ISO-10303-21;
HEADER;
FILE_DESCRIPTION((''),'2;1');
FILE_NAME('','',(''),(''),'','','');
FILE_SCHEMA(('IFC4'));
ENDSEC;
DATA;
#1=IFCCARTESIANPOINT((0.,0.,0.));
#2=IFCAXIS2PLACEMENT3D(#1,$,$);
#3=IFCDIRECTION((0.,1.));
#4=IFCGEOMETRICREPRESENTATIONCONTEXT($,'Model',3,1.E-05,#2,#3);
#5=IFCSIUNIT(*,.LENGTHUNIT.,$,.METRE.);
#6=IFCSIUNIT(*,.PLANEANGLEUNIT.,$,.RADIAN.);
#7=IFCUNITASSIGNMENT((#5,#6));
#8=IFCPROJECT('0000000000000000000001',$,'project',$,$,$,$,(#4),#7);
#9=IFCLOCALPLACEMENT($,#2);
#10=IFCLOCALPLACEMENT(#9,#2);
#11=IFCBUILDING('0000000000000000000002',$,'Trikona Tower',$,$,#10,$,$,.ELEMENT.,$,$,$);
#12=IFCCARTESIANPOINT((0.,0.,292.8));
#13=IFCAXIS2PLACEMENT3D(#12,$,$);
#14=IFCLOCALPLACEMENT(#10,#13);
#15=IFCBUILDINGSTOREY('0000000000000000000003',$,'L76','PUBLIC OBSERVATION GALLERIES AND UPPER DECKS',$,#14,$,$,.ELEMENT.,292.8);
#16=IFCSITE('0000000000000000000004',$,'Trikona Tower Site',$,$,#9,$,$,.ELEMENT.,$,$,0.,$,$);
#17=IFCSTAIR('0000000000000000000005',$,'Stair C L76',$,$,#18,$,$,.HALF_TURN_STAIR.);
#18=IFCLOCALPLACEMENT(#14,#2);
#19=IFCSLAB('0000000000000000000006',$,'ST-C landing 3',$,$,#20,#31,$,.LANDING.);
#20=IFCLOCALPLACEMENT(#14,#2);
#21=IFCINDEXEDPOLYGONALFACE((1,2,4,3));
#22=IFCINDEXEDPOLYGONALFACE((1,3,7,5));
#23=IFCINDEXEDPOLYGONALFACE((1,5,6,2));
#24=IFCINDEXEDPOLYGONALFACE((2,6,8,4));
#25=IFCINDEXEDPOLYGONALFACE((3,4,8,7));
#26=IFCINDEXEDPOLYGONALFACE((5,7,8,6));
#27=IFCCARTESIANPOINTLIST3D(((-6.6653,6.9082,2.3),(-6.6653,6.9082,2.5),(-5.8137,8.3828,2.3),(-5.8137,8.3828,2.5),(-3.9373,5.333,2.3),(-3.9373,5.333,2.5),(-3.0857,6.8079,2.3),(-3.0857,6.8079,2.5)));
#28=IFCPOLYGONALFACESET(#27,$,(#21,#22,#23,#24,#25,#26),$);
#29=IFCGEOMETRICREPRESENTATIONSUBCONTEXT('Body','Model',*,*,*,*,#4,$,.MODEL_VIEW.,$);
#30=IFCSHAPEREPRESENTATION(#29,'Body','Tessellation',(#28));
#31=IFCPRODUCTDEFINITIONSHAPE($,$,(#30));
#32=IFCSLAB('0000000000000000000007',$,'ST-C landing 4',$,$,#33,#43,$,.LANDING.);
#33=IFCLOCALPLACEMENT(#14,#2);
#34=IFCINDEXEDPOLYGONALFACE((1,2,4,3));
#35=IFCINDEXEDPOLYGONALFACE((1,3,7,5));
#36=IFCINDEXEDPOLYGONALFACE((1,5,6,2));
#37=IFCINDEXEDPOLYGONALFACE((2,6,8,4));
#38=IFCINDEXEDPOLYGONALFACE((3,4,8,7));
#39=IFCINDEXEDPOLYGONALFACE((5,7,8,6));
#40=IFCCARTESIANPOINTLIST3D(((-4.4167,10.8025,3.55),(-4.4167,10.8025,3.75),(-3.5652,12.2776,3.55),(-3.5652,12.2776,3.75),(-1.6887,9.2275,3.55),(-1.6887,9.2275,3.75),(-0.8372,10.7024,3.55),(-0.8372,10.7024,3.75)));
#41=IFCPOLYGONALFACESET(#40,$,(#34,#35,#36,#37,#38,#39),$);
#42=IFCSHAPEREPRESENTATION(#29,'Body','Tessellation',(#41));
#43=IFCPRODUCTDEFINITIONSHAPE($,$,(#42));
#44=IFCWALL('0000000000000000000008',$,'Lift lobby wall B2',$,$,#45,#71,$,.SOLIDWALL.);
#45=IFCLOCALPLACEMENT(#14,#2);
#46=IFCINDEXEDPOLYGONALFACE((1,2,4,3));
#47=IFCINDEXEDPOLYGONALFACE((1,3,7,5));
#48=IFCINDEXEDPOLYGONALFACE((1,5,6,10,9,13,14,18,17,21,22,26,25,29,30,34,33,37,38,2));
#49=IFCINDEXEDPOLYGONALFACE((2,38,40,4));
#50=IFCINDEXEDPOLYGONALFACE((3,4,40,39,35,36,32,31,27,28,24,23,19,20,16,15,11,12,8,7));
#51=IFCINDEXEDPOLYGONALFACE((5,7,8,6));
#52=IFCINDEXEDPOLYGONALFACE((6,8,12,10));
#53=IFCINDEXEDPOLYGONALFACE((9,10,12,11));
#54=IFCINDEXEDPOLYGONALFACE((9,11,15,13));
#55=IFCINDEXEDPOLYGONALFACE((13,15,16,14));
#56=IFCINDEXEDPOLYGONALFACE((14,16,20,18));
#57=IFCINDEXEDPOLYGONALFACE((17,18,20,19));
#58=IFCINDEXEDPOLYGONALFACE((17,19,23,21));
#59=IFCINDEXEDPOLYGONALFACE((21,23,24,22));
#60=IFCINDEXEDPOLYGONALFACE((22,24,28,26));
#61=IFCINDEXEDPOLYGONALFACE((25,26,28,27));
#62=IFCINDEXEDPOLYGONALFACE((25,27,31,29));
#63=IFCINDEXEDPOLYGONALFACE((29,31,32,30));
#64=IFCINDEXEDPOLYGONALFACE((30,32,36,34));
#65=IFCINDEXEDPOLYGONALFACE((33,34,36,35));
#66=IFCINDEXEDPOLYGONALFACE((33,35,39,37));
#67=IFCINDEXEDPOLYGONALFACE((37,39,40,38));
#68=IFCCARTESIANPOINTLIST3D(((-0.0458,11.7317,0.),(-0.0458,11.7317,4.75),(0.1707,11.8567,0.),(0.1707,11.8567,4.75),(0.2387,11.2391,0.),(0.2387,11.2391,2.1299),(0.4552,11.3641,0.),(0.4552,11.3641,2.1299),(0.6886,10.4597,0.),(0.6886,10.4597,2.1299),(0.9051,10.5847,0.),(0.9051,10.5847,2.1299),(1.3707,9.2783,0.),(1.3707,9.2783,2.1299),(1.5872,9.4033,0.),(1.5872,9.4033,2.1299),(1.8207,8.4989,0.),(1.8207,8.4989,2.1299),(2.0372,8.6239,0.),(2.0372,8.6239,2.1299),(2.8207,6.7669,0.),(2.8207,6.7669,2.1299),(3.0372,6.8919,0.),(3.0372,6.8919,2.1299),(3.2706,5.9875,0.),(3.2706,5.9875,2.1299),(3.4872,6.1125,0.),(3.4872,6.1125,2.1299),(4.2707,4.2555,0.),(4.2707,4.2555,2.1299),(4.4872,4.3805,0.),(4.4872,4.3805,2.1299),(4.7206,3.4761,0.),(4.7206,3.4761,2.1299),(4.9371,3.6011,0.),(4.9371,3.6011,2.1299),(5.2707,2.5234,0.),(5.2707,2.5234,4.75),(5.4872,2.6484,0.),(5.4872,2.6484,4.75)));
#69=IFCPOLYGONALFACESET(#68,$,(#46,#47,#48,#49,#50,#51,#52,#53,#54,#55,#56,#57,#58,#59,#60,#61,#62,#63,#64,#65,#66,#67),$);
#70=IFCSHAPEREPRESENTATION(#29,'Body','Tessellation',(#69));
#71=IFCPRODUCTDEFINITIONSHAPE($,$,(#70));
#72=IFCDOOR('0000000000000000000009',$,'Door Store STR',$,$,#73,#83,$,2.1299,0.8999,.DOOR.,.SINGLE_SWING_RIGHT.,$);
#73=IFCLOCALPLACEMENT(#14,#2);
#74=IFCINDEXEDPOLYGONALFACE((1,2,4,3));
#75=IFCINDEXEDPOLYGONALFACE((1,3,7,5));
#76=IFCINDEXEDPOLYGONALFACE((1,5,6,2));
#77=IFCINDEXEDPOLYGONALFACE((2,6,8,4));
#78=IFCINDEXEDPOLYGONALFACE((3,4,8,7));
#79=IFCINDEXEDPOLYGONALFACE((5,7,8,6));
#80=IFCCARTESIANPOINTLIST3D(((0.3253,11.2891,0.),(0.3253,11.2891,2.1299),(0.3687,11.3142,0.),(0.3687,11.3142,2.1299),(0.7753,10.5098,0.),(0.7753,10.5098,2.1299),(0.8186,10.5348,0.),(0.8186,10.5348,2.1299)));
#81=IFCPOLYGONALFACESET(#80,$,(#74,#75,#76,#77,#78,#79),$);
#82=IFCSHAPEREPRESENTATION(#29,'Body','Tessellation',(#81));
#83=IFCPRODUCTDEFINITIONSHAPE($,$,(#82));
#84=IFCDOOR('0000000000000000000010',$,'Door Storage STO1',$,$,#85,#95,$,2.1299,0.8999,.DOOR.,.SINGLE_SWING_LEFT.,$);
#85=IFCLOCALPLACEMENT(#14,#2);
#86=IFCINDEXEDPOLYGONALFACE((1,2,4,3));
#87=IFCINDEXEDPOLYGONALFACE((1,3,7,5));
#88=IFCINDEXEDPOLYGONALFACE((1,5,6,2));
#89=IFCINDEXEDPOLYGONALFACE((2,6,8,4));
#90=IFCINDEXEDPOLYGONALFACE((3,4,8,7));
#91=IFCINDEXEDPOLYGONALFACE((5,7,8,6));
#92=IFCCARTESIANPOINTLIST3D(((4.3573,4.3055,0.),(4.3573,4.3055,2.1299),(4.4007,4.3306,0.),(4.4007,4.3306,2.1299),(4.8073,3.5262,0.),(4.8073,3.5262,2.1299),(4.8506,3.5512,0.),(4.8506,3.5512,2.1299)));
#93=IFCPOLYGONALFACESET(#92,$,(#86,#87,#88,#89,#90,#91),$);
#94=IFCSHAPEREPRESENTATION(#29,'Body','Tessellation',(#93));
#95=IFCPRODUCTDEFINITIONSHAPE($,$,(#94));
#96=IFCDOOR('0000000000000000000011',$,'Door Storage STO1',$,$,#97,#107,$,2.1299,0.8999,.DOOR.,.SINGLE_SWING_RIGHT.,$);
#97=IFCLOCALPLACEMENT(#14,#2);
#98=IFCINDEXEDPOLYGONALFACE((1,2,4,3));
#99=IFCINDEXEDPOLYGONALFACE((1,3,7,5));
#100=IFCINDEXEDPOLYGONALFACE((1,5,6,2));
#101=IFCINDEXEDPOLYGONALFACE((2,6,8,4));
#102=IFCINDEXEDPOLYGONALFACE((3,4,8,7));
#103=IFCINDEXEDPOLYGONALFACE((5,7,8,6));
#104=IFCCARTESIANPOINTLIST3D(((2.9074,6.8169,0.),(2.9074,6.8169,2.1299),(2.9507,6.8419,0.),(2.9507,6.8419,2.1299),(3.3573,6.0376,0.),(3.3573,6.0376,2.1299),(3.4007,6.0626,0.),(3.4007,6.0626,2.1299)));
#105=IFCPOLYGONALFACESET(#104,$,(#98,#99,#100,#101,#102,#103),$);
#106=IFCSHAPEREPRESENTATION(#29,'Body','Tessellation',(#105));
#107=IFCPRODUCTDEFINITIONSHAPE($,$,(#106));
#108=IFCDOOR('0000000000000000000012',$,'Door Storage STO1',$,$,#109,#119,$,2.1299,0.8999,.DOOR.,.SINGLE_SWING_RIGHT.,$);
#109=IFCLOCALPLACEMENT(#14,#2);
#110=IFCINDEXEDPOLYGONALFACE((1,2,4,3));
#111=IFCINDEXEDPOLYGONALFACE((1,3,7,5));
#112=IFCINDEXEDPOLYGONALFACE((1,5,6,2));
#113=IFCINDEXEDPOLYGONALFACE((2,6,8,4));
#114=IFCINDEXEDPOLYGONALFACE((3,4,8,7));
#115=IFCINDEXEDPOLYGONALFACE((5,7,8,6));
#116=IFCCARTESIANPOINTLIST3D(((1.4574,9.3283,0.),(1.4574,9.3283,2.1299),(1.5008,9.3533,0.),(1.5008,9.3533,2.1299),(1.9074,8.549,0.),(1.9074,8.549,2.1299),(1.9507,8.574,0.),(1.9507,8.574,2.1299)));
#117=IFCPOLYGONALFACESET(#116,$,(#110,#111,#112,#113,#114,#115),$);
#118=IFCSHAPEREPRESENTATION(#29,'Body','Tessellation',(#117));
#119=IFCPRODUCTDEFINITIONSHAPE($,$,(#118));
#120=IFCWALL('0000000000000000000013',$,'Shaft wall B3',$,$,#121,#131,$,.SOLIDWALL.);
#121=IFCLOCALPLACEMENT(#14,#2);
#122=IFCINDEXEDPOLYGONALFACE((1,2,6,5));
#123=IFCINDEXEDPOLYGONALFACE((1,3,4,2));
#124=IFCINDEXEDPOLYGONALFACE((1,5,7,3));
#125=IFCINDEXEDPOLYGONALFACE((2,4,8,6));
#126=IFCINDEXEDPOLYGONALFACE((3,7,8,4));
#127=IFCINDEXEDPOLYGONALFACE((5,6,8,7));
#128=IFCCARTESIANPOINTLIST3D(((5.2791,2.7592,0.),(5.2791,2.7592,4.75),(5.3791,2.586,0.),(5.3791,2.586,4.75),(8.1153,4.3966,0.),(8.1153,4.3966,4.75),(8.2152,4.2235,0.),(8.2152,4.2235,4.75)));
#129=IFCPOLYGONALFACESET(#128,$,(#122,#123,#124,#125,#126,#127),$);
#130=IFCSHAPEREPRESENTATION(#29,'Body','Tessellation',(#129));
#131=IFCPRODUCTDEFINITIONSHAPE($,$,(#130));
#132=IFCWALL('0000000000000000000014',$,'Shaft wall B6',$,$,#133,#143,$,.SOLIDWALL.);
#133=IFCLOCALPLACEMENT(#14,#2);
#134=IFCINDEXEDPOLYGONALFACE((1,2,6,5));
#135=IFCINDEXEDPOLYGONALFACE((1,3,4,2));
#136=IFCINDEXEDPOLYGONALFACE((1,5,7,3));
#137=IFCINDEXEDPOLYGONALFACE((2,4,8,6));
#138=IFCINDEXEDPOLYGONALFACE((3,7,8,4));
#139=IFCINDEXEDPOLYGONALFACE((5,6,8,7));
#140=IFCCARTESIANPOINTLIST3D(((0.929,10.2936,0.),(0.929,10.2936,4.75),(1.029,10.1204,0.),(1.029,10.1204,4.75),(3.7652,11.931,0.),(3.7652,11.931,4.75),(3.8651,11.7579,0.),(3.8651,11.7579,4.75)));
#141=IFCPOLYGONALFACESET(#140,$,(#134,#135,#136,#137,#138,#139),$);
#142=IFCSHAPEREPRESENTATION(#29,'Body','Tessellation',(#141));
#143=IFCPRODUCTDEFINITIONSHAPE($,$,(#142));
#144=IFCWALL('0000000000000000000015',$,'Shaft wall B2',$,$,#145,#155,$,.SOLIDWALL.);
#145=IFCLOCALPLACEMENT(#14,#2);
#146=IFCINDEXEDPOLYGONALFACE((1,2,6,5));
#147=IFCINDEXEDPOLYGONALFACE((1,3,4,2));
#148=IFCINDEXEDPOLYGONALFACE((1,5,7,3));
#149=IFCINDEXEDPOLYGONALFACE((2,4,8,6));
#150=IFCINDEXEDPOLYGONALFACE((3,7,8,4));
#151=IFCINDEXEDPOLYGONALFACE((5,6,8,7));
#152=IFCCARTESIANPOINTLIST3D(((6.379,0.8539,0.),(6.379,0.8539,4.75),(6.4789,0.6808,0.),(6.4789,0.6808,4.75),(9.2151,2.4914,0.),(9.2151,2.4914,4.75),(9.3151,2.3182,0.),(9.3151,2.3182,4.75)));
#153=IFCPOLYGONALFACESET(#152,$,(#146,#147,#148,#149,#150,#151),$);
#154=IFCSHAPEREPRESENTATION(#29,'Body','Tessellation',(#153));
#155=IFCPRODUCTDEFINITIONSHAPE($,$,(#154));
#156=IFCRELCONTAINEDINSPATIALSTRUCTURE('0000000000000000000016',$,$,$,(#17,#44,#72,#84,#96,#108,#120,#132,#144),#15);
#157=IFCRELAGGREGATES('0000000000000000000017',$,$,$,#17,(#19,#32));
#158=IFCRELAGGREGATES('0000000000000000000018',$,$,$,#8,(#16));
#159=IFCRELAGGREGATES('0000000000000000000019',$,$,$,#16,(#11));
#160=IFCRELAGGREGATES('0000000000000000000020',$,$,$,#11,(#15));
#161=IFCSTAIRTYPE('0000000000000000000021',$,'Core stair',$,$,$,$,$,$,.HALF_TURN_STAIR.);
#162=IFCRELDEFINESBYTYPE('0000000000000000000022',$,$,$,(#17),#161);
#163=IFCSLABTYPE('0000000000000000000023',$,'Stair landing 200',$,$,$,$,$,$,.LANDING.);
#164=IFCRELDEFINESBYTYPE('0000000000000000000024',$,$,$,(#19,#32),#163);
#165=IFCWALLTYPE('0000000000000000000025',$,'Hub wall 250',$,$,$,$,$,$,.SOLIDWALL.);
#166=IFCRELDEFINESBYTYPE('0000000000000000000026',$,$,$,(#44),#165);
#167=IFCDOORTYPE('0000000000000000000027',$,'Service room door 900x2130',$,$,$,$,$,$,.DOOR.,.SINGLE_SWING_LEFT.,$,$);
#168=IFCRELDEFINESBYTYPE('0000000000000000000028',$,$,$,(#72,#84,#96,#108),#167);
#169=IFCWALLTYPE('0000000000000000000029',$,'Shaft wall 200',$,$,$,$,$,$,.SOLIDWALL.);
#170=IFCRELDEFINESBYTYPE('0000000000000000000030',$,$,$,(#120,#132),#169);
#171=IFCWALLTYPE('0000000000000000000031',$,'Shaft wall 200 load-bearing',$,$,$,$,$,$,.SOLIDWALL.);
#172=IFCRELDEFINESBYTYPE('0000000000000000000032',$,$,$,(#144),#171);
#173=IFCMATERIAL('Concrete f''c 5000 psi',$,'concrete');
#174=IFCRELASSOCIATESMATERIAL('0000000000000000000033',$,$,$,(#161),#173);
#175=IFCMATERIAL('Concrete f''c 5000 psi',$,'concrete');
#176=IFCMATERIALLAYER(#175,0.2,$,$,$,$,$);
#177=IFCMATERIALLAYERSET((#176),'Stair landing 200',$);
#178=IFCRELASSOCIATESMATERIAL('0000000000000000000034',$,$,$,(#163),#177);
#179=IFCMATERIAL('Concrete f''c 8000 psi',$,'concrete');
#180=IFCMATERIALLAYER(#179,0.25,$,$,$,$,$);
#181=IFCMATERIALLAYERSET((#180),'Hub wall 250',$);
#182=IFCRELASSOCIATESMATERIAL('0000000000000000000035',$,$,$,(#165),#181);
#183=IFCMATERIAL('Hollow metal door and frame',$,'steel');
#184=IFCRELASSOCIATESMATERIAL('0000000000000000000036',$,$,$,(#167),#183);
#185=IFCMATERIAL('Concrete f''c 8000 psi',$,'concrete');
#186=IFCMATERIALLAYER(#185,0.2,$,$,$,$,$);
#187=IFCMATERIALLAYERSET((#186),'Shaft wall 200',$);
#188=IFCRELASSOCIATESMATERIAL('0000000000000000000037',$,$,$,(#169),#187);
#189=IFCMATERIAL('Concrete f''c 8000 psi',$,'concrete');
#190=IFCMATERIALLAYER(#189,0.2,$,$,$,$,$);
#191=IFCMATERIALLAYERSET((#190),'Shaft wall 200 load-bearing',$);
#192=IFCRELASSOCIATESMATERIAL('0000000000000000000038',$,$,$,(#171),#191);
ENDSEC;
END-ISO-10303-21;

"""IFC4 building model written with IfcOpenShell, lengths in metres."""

from ifc_helpers import new_model, si_unit, direction, frame, frame_2d, origin, place, context, subcontext, project, spatial, polyline, rectangle, outline, extrude, material, layer, layer_set, type_object, element, fill, aggregate, save


model = new_model("IFC4")

# Units and contexts
model_context = context("Model", 3, precision=1e-05, world=origin(), true_north=direction((0.0, 1.0)))
body_context = subcontext(model_context, "Body", "Model", "MODEL_VIEW")
ifc_project = project(units=[si_unit("LENGTHUNIT", "METRE"), si_unit("PLANEANGLEUNIT", "RADIAN")], contexts=[model_context])

# Site, building, storey
site_placement = place(None, origin())
site = spatial("IfcSite", under=ifc_project, at=site_placement, Name="Trikona Tower Site", CompositionType="ELEMENT", RefElevation=0.0)
building_placement = place(site_placement, origin())
building = spatial("IfcBuilding", under=site, at=building_placement, Name="Trikona Tower", CompositionType="ELEMENT")
storey_placement = place(building_placement, frame((0.0, 0.0, 292.8)))
storey = spatial("IfcBuildingStorey", under=building, at=storey_placement, Name="L76", Description="PUBLIC OBSERVATION GALLERIES AND UPPER DECKS", CompositionType="ELEMENT", Elevation=292.8)

# Stair, slabs
ifc_material_1 = material(Name="Concrete f'c 5000 psi", Category="concrete")
stair_type = type_object("IfcStairType", Name="Core stair", PredefinedType="HALF_TURN_STAIR", material=ifc_material_1)
ifc_material_2 = material(Name="Concrete f'c 5000 psi", Category="concrete")
ifc_layer_1 = layer(ifc_material_2, 0.2)
ifc_layer_set_1 = layer_set([ifc_layer_1], Name="Stair landing 200")
slab_type_1 = type_object("IfcSlabType", Name="Stair landing 200", PredefinedType="LANDING", material=ifc_layer_set_1)
stair_1_placement = place(storey_placement, origin())
stair_1 = element("IfcStair", 1, at=stair_1_placement, inside=storey, type_object=stair_type, Name="Stair C L76", PredefinedType="HALF_TURN_STAIR")
slab_1_placement = place(storey_placement, frame((0.0, 0.0, 2.3)))
slab_1 = element("IfcSlab", 2, at=slab_1_placement, type_object=slab_type_1, Name="ST-C landing 3", PredefinedType="LANDING", context=body_context, shape_type="SweptSolid", body=[
    extrude(outline(polyline([(-3.0857, 6.8079), (-3.9373, 5.333), (-6.6653, 6.9082), (-5.8137, 8.3828), (-3.0857, 6.8079)])), origin(), (0.0, 0.0, 1.0), 0.2),
])
slab_2_placement = place(storey_placement, frame((0.0, 0.0, 3.55)))
slab_2 = element("IfcSlab", 3, at=slab_2_placement, type_object=slab_type_1, Name="ST-C landing 4", PredefinedType="LANDING", context=body_context, shape_type="SweptSolid", body=[
    extrude(outline(polyline([(-0.8372, 10.7024), (-1.6887, 9.2275), (-4.4167, 10.8025), (-3.5652, 12.2776), (-0.8372, 10.7024)])), origin(), (0.0, 0.0, 1.0), 0.2),
])
aggregate(stair_1, [slab_1, slab_2])

# Wall, openings, doors
ifc_material_3 = material(Name="Concrete f'c 8000 psi", Category="concrete")
ifc_layer_2 = layer(ifc_material_3, 0.25)
ifc_layer_set_2 = layer_set([ifc_layer_2], Name="Hub wall 250")
wall_type_1 = type_object("IfcWallType", Name="Hub wall 250", PredefinedType="SOLIDWALL", material=ifc_layer_set_2)
wall_1_placement = place(storey_placement, frame((5.3789, 2.5859, 0.0), z_axis=(0.0, 0.0, 1.0), x_axis=(-0.500001, 0.866025, 0.0)))
wall_1 = element("IfcWall", 4, at=wall_1_placement, inside=storey, type_object=wall_type_1, Name="Lift lobby wall B2", PredefinedType="SOLIDWALL", context=body_context, shape_type="SweptSolid", body=[
    extrude(rectangle(XDim=10.6328, YDim=0.25, at=frame_2d((5.3164, 0.0))), origin(), (0.0, 0.0, 1.0), 4.75),
])
opening_1_placement = place(wall_1_placement, frame((9.1641, 0.0, 0.0)))
opening_1 = element("IfcOpeningElement", 5, at=opening_1_placement, cuts=wall_1, PredefinedType="OPENING", context=body_context, shape_type="SweptSolid", body=[
    extrude(rectangle(XDim=0.8999, YDim=2.1299, at=frame_2d((0.45, 1.0649))), frame((0.0, 0.135, 0.0), z_axis=(0.0, -1.0, 0.0), x_axis=(1.0, 0.0, 0.0)), (0.0, 0.0, 1.0), 0.27),
])
opening_2_placement = place(wall_1_placement, frame((1.1001, 0.0, 0.0)))
opening_2 = element("IfcOpeningElement", 6, at=opening_2_placement, cuts=wall_1, PredefinedType="OPENING", context=body_context, shape_type="SweptSolid", body=[
    extrude(rectangle(XDim=0.8999, YDim=2.1299, at=frame_2d((0.45, 1.0649))), frame((0.0, 0.135, 0.0), z_axis=(0.0, -1.0, 0.0), x_axis=(1.0, 0.0, 0.0)), (0.0, 0.0, 1.0), 0.27),
])
opening_3_placement = place(wall_1_placement, frame((4.0, 0.0, 0.0)))
opening_3 = element("IfcOpeningElement", 7, at=opening_3_placement, cuts=wall_1, PredefinedType="OPENING", context=body_context, shape_type="SweptSolid", body=[
    extrude(rectangle(XDim=0.8999, YDim=2.1299, at=frame_2d((0.45, 1.0649))), frame((0.0, 0.135, 0.0), z_axis=(0.0, -1.0, 0.0), x_axis=(1.0, 0.0, 0.0)), (0.0, 0.0, 1.0), 0.27),
])
opening_4_placement = place(wall_1_placement, frame((6.8999, 0.0, 0.0)))
opening_4 = element("IfcOpeningElement", 8, at=opening_4_placement, cuts=wall_1, PredefinedType="OPENING", context=body_context, shape_type="SweptSolid", body=[
    extrude(rectangle(XDim=0.8999, YDim=2.1299, at=frame_2d((0.45, 1.0649))), frame((0.0, 0.135, 0.0), z_axis=(0.0, -1.0, 0.0), x_axis=(1.0, 0.0, 0.0)), (0.0, 0.0, 1.0), 0.27),
])
ifc_material_4 = material(Name="Hollow metal door and frame", Category="steel")
door_type = type_object("IfcDoorType", Name="Service room door 900x2130", OperationType="SINGLE_SWING_LEFT", PredefinedType="DOOR", material=ifc_material_4)
door_1_placement = place(opening_1_placement, origin())
door_1 = element("IfcDoor", 9, at=door_1_placement, inside=storey, type_object=door_type, Name="Door Store STR", OperationType="SINGLE_SWING_RIGHT", OverallHeight=2.1299, OverallWidth=0.8999, PredefinedType="DOOR", context=body_context, shape_type="SweptSolid", body=[
    extrude(rectangle(XDim=0.8999, YDim=2.1299, at=frame_2d((0.45, 1.0649))), frame((0.0, 0.0249, 0.0), z_axis=(0.0, -1.0, 0.0), x_axis=(1.0, 0.0, 0.0)), (0.0, 0.0, 1.0), 0.05),
])
fill(opening_1, door_1)
door_2_placement = place(opening_2_placement, origin())
door_2 = element("IfcDoor", 10, at=door_2_placement, inside=storey, type_object=door_type, Name="Door Storage STO1", OperationType="SINGLE_SWING_LEFT", OverallHeight=2.1299, OverallWidth=0.8999, PredefinedType="DOOR", context=body_context, shape_type="SweptSolid", body=[
    extrude(rectangle(XDim=0.8999, YDim=2.1299, at=frame_2d((0.45, 1.0649))), frame((0.0, 0.0249, 0.0), z_axis=(0.0, -1.0, 0.0), x_axis=(1.0, 0.0, 0.0)), (0.0, 0.0, 1.0), 0.05),
])
fill(opening_2, door_2)
door_3_placement = place(opening_3_placement, origin())
door_3 = element("IfcDoor", 11, at=door_3_placement, inside=storey, type_object=door_type, Name="Door Storage STO1", OperationType="SINGLE_SWING_RIGHT", OverallHeight=2.1299, OverallWidth=0.8999, PredefinedType="DOOR", context=body_context, shape_type="SweptSolid", body=[
    extrude(rectangle(XDim=0.8999, YDim=2.1299, at=frame_2d((0.45, 1.0649))), frame((0.0, 0.0249, 0.0), z_axis=(0.0, -1.0, 0.0), x_axis=(1.0, 0.0, 0.0)), (0.0, 0.0, 1.0), 0.05),
])
fill(opening_3, door_3)
door_4_placement = place(opening_4_placement, origin())
door_4 = element("IfcDoor", 12, at=door_4_placement, inside=storey, type_object=door_type, Name="Door Storage STO1", OperationType="SINGLE_SWING_RIGHT", OverallHeight=2.1299, OverallWidth=0.8999, PredefinedType="DOOR", context=body_context, shape_type="SweptSolid", body=[
    extrude(rectangle(XDim=0.8999, YDim=2.1299, at=frame_2d((0.45, 1.0649))), frame((0.0, 0.0249, 0.0), z_axis=(0.0, -1.0, 0.0), x_axis=(1.0, 0.0, 0.0)), (0.0, 0.0, 1.0), 0.05),
])
fill(opening_4, door_4)

# Walls
ifc_material_5 = material(Name="Concrete f'c 8000 psi", Category="concrete")
ifc_layer_3 = layer(ifc_material_5, 0.2)
ifc_layer_set_3 = layer_set([ifc_layer_3], Name="Shaft wall 200")
wall_type_2 = type_object("IfcWallType", Name="Shaft wall 200", PredefinedType="SOLIDWALL", material=ifc_layer_set_3)
for number, where, z_axis, x_axis, name in (
    (13, (5.3291, 2.6726, 0.0), (0.0, 0.0, 1.0), (0.866028, 0.499996, 0.0), "Shaft wall B3"),
    (14, (0.979, 10.207, 0.0), (0.0, 0.0, 1.0), (0.866028, 0.499996, 0.0), "Shaft wall B6"),
):
    element("IfcWall", number, at=place(storey_placement, frame(where, z_axis=z_axis, x_axis=x_axis)), inside=storey, type_object=wall_type_2, Name=name, PredefinedType="SOLIDWALL", context=body_context, shape_type="SweptSolid", body=[
        extrude(rectangle(XDim=3.2749, YDim=0.2, at=frame_2d((1.6375, 0.0))), origin(), (0.0, 0.0, 1.0), 4.75),
    ])
ifc_material_6 = material(Name="Concrete f'c 8000 psi", Category="concrete")
ifc_layer_4 = layer(ifc_material_6, 0.2)
ifc_layer_set_4 = layer_set([ifc_layer_4], Name="Shaft wall 200 load-bearing")
wall_type_3 = type_object("IfcWallType", Name="Shaft wall 200 load-bearing", PredefinedType="SOLIDWALL", material=ifc_layer_set_4)
wall_2_placement = place(storey_placement, frame((6.429, 0.7673, 0.0), z_axis=(0.0, 0.0, 1.0), x_axis=(0.866028, 0.499996, 0.0)))
element("IfcWall", 15, at=wall_2_placement, inside=storey, type_object=wall_type_3, Name="Shaft wall B2", PredefinedType="SOLIDWALL", context=body_context, shape_type="SweptSolid", body=[
    extrude(rectangle(XDim=3.2749, YDim=0.2, at=frame_2d((1.6375, 0.0))), origin(), (0.0, 0.0, 1.0), 4.75),
])

save(model, "model.ifc")
